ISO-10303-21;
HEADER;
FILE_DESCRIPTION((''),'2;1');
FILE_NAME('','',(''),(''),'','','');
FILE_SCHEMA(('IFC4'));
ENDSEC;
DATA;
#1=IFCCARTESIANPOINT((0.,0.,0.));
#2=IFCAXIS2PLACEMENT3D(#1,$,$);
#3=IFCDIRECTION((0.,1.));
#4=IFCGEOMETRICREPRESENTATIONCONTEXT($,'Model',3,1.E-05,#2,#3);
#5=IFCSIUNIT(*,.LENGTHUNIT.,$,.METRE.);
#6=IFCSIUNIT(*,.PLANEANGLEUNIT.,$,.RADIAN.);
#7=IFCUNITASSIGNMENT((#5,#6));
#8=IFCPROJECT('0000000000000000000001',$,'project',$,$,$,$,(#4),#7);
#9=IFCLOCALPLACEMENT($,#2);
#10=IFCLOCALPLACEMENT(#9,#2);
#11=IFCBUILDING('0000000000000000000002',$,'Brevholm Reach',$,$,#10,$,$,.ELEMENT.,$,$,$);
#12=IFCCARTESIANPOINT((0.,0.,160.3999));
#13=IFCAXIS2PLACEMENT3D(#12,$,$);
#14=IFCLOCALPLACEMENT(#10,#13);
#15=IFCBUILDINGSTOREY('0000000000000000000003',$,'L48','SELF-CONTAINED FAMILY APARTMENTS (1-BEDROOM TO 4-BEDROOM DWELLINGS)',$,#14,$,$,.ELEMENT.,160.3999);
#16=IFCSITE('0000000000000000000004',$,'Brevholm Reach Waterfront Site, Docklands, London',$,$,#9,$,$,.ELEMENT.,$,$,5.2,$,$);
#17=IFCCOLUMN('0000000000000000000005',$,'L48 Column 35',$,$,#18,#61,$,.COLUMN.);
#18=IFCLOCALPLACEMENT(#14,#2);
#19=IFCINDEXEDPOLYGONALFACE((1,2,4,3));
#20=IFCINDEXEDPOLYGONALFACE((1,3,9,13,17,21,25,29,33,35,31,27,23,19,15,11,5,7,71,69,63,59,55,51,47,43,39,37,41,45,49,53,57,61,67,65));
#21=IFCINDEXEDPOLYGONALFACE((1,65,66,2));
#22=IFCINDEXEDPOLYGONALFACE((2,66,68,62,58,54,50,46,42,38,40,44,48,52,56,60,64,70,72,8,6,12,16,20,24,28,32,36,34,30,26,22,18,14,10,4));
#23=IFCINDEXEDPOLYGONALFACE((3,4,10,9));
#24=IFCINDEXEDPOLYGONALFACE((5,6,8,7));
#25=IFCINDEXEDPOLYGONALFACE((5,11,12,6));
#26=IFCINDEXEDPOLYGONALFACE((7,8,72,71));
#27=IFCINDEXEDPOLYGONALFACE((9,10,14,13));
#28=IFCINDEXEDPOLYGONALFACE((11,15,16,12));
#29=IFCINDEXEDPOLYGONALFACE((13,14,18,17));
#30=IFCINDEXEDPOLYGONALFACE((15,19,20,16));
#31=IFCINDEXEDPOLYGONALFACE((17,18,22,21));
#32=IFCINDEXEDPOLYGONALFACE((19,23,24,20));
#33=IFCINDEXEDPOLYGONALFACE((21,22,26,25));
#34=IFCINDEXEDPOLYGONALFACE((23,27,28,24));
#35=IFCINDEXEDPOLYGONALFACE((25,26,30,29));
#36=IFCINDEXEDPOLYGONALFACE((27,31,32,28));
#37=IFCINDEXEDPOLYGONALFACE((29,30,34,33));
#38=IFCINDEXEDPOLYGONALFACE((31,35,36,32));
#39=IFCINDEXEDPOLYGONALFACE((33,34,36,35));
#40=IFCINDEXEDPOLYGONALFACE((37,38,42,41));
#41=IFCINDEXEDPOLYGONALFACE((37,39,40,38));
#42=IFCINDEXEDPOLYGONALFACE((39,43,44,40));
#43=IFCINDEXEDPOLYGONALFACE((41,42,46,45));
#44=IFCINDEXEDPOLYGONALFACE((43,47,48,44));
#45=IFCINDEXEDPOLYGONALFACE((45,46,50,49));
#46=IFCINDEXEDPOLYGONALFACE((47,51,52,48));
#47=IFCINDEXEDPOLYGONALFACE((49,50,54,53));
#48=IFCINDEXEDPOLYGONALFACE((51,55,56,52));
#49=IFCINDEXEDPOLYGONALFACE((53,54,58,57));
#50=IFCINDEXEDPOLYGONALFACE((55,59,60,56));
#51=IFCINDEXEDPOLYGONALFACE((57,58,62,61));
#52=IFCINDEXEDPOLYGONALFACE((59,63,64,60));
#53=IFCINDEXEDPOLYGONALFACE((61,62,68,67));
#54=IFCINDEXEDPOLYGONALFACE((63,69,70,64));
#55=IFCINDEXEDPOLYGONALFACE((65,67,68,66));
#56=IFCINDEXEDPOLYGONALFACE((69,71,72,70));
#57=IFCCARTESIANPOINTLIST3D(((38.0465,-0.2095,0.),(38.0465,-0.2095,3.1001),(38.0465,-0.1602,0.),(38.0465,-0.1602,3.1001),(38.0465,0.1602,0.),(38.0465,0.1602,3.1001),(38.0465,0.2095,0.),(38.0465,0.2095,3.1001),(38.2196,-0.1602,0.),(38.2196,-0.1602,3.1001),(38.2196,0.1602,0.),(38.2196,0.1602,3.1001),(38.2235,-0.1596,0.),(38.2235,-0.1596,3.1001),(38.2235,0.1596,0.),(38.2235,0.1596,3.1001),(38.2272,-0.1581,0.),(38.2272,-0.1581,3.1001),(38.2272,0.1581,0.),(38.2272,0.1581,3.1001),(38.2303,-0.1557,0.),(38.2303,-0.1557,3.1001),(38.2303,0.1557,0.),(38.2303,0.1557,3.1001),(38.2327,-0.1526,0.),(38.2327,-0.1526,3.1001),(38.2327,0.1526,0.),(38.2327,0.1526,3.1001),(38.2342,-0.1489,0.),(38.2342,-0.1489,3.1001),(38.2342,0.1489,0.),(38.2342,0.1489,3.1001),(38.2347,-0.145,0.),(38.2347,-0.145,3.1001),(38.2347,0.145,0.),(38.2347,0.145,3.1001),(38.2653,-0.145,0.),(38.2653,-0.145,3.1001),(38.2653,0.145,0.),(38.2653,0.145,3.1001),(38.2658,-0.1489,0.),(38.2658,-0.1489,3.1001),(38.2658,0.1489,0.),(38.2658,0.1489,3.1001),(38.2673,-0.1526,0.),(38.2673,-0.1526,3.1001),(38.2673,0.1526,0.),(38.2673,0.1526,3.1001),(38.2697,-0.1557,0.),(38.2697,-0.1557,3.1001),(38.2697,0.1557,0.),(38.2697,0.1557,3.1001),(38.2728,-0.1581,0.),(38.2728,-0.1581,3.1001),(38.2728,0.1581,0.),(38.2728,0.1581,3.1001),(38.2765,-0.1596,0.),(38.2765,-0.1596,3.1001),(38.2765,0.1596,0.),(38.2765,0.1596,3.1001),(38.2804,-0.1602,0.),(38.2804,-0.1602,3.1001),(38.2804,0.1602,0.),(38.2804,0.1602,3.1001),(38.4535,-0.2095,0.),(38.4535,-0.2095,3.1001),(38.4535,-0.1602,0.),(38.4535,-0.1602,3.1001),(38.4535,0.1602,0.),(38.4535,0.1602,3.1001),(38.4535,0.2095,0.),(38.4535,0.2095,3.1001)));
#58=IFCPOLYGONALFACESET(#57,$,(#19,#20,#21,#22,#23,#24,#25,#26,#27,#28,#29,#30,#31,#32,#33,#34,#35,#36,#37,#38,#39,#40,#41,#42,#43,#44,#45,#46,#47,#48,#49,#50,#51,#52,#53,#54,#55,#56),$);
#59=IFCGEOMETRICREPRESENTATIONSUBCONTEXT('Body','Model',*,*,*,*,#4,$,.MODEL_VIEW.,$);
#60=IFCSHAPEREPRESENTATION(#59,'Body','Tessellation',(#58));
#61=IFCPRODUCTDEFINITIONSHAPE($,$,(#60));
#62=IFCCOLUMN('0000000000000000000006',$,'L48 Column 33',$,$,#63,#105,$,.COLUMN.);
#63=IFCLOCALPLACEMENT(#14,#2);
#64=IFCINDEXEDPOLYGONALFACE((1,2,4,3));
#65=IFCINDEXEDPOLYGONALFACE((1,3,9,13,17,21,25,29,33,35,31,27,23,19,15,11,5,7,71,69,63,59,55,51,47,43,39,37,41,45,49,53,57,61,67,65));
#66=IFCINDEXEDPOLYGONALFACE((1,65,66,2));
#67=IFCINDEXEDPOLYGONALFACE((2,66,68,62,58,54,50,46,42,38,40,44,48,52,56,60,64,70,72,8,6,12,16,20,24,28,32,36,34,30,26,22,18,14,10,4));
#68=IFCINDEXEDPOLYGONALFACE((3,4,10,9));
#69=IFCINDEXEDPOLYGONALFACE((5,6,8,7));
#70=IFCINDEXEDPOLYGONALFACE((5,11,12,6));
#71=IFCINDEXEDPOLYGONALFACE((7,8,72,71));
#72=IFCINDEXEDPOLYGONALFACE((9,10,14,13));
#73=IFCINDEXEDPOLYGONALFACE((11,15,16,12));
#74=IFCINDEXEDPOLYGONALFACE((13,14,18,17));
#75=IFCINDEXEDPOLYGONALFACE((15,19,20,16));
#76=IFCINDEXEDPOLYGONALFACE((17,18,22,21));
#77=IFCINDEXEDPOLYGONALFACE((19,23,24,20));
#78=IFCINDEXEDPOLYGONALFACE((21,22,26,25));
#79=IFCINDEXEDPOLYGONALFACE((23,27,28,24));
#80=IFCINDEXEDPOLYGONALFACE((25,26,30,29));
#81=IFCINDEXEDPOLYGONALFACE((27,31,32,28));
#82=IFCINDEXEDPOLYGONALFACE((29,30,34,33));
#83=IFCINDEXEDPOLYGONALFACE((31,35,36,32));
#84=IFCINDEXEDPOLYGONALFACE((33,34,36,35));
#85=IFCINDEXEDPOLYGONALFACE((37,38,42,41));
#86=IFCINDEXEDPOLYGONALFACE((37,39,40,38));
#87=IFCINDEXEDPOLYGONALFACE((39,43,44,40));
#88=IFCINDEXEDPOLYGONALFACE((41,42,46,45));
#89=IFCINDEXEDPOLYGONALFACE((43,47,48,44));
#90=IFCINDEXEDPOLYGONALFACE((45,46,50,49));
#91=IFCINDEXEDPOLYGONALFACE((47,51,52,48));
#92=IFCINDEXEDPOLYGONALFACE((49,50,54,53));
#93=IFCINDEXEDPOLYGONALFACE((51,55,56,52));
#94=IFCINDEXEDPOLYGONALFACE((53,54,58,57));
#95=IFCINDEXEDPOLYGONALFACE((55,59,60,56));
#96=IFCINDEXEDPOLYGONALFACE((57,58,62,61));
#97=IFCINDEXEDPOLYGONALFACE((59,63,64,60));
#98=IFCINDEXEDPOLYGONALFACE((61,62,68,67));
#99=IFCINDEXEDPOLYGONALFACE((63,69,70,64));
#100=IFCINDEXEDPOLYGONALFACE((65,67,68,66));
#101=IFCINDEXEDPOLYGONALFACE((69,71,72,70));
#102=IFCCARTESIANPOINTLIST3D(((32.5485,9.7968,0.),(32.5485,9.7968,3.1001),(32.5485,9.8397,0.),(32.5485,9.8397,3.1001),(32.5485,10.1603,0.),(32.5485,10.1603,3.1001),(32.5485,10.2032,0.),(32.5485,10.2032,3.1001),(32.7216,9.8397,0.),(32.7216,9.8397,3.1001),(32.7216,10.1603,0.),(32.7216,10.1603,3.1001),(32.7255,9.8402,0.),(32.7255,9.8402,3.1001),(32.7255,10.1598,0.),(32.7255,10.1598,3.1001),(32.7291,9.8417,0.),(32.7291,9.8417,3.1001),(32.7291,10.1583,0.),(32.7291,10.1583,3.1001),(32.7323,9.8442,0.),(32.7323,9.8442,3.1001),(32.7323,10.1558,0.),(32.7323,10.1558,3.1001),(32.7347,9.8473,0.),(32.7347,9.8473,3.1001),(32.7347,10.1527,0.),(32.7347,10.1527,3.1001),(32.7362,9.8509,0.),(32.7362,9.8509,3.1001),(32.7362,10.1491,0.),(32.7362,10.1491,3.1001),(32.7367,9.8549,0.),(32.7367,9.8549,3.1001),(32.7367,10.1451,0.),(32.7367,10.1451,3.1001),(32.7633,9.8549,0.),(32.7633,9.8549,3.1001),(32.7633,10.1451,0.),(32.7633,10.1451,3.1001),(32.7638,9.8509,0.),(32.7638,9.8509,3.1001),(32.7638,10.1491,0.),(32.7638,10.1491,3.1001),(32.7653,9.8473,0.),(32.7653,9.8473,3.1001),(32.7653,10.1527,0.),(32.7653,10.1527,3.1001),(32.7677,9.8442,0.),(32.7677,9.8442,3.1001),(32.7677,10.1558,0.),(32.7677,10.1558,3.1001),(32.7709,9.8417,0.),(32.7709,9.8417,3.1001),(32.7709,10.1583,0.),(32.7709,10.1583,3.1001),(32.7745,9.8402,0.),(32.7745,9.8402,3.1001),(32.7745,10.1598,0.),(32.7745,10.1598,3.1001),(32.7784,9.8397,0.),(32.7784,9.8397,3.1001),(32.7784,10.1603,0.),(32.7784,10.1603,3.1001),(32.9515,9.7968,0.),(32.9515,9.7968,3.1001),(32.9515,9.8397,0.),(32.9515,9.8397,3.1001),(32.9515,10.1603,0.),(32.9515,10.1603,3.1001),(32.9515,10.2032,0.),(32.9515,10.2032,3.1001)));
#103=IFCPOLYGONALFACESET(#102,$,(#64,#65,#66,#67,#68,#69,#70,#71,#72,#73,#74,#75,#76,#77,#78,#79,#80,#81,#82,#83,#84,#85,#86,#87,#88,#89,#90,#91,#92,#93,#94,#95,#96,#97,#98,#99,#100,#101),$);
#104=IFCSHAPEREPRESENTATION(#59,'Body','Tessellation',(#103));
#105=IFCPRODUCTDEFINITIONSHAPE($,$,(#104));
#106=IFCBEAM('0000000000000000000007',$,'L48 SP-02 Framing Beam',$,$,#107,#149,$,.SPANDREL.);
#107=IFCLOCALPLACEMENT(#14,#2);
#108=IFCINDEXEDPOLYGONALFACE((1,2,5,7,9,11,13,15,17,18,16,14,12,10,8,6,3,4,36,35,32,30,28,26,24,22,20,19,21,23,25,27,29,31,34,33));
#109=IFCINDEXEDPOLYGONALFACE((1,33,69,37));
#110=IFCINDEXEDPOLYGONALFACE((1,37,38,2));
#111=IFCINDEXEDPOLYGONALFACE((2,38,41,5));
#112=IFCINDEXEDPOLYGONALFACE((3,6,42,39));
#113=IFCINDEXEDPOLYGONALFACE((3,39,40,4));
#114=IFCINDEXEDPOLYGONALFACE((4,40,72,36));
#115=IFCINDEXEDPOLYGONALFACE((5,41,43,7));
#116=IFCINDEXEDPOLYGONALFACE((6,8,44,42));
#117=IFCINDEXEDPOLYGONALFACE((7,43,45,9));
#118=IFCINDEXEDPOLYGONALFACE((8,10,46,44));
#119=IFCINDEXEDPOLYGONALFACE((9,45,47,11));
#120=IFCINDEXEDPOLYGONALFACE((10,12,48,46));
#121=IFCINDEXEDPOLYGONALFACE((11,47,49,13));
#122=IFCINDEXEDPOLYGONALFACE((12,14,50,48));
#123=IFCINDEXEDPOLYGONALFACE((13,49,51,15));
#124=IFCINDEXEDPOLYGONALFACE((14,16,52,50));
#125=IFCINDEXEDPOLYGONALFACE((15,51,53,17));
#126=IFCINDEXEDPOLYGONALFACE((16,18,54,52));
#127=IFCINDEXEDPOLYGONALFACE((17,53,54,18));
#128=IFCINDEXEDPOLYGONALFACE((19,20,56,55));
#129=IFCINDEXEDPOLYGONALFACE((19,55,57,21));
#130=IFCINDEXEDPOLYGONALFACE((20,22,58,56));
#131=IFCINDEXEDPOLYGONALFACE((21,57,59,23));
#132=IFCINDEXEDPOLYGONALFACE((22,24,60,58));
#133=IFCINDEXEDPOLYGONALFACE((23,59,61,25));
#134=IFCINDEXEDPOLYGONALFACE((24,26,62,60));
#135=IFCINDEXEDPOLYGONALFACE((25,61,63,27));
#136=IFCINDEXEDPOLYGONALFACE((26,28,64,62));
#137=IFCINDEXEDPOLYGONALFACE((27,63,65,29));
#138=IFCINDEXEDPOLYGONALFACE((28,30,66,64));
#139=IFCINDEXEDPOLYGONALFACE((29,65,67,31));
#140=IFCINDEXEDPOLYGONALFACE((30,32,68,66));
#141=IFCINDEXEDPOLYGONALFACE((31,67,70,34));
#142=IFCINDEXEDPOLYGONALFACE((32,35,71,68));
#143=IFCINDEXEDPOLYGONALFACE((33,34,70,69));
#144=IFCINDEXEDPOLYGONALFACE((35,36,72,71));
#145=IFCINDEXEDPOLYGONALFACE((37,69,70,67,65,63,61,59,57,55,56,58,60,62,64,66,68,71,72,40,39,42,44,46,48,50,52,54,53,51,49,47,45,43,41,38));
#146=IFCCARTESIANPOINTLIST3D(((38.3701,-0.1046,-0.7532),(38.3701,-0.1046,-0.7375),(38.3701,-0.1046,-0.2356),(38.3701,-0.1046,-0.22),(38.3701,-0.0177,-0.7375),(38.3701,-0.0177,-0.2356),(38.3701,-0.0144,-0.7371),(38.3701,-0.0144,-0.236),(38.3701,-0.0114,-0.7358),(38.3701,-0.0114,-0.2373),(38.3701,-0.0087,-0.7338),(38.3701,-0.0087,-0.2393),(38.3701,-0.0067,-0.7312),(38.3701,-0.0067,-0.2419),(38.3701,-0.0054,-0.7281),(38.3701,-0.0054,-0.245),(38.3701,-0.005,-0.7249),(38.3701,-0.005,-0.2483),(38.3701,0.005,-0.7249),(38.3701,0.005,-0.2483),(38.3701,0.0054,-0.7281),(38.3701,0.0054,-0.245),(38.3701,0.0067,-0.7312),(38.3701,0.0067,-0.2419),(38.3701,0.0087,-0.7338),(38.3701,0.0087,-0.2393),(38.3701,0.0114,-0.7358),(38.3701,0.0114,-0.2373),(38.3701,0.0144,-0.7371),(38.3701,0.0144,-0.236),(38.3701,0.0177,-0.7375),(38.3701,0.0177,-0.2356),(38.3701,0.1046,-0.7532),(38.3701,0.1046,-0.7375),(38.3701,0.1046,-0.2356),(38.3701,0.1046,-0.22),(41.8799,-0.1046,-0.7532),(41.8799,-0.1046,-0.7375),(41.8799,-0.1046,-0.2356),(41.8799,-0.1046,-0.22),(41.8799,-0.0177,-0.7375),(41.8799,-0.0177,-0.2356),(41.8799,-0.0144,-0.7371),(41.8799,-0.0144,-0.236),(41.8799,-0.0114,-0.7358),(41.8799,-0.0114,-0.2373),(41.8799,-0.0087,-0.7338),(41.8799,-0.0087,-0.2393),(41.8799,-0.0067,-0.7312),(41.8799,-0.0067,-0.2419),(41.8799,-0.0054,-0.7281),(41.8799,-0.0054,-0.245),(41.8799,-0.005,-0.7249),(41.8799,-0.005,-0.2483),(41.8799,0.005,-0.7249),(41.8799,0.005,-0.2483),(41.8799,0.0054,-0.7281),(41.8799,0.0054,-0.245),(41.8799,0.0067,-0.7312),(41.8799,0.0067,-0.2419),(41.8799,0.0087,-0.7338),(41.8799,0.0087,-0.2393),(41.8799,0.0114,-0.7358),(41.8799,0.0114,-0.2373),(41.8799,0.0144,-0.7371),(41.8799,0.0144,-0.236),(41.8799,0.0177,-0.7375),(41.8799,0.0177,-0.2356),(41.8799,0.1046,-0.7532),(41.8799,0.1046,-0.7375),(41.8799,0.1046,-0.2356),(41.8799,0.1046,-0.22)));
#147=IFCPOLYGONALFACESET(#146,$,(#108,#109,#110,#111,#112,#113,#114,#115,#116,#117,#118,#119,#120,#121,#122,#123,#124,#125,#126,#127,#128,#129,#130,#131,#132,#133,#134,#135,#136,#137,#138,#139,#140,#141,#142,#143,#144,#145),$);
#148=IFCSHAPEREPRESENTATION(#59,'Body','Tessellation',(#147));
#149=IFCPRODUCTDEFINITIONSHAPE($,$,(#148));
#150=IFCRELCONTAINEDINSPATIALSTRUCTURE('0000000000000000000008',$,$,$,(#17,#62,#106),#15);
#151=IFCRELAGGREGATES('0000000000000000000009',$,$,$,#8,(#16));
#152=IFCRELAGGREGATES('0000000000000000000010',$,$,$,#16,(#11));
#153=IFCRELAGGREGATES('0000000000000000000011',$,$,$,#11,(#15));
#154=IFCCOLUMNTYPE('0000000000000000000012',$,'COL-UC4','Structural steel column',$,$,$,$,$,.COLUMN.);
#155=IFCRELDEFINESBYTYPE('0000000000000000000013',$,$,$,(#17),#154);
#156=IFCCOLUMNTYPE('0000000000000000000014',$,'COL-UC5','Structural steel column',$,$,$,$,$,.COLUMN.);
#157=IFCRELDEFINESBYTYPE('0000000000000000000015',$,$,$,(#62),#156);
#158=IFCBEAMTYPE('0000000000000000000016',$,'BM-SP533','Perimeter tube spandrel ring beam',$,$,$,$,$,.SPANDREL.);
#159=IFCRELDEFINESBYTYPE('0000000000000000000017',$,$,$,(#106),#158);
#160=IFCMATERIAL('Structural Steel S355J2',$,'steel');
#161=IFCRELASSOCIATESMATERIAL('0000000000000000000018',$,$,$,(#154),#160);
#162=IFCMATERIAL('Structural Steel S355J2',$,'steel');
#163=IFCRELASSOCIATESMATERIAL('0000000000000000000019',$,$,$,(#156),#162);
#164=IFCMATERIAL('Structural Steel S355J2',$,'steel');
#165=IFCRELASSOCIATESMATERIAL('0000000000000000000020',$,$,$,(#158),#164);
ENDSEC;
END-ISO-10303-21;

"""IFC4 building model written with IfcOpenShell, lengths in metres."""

from ifc_helpers import new_model, si_unit, direction, frame, origin, origin_2d, place, context, subcontext, project, spatial, i_section, extrude, material, material_profile, profile_set, type_object, element, save


model = new_model("IFC4")

# Units and contexts
model_context = context("Model", 3, precision=1e-05, world=origin(), true_north=direction((0.0, 1.0)))
body_context = subcontext(model_context, "Body", "Model", "MODEL_VIEW")
ifc_project = project(units=[si_unit("LENGTHUNIT", "METRE"), si_unit("PLANEANGLEUNIT", "RADIAN")], contexts=[model_context])

# Site, building, storey
site_placement = place(None, origin())
site = spatial("IfcSite", under=ifc_project, at=site_placement, Name="Brevholm Reach Waterfront Site, Docklands, London", CompositionType="ELEMENT", RefElevation=5.2)
building_placement = place(site_placement, origin())
building = spatial("IfcBuilding", under=site, at=building_placement, Name="Brevholm Reach", CompositionType="ELEMENT")
storey_placement = place(building_placement, frame((0.0, 0.0, 160.3999)))
storey = spatial("IfcBuildingStorey", under=building, at=storey_placement, Name="L48", Description="SELF-CONTAINED FAMILY APARTMENTS (1-BEDROOM TO 4-BEDROOM DWELLINGS)", CompositionType="ELEMENT", Elevation=160.3999)

# Columns
ifc_material_1 = material(Name="Structural Steel S355J2", Category="steel")
ifc_material_profile_1 = material_profile(ifc_material_1, i_section(OverallWidth=0.407, OverallDepth=0.4189, WebThickness=0.0305, FlangeThickness=0.0493, FilletRadius=0.0151, at=origin_2d()), Name="UKC 356x406x393")
ifc_profile_set_1 = profile_set([ifc_material_profile_1], Name="Structural Steel S355J2")
column_type_1 = type_object("IfcColumnType", Name="COL-UC4", Description="Structural steel column", PredefinedType="COLUMN", material=ifc_profile_set_1)
column_1_placement = place(storey_placement, frame((38.25, 0.0, 0.0), z_axis=(0.0, 0.0, 1.0), x_axis=(1.0, 0.0, 0.0)))
element("IfcColumn", 1, at=column_1_placement, inside=storey, type_object=column_type_1, Name="L48 Column 35", PredefinedType="COLUMN", context=body_context, shape_type="SweptSolid", body=[
    extrude(i_section(OverallWidth=0.407, OverallDepth=0.4189, WebThickness=0.0305, FlangeThickness=0.0493, FilletRadius=0.0151, at=origin_2d()), origin(), (0.0, 0.0, 1.0), 3.1001),
])
ifc_material_2 = material(Name="Structural Steel S355J2", Category="steel")
ifc_material_profile_2 = material_profile(ifc_material_2, i_section(OverallWidth=0.4031, OverallDepth=0.4065, WebThickness=0.0266, FlangeThickness=0.043, FilletRadius=0.0151, at=origin_2d()), Name="UKC 356x406x340")
ifc_profile_set_2 = profile_set([ifc_material_profile_2], Name="Structural Steel S355J2")
column_type_2 = type_object("IfcColumnType", Name="COL-UC5", Description="Structural steel column", PredefinedType="COLUMN", material=ifc_profile_set_2)
column_2_placement = place(storey_placement, frame((32.75, 10.0, 0.0), z_axis=(0.0, 0.0, 1.0), x_axis=(1.0, 0.0, 0.0)))
element("IfcColumn", 2, at=column_2_placement, inside=storey, type_object=column_type_2, Name="L48 Column 33", PredefinedType="COLUMN", context=body_context, shape_type="SweptSolid", body=[
    extrude(i_section(OverallWidth=0.4031, OverallDepth=0.4065, WebThickness=0.0266, FlangeThickness=0.043, FilletRadius=0.0151, at=origin_2d()), origin(), (0.0, 0.0, 1.0), 3.1001),
])

# Beam
ifc_material_3 = material(Name="Structural Steel S355J2", Category="steel")
ifc_material_profile_3 = material_profile(ifc_material_3, i_section(OverallWidth=0.2092, OverallDepth=0.5332, WebThickness=0.01, FlangeThickness=0.0156, FilletRadius=0.0127, at=origin_2d()), Name="UKB 533x210x92")
ifc_profile_set_3 = profile_set([ifc_material_profile_3], Name="Structural Steel S355J2")
beam_type_1 = type_object("IfcBeamType", Name="BM-SP533", Description="Perimeter tube spandrel ring beam", PredefinedType="SPANDREL", material=ifc_profile_set_3)
beam_1_placement = place(storey_placement, frame((38.3701, 0.0, -0.4866), z_axis=(1.0, 0.0, 0.0), x_axis=(0.0, 1.0, 0.0)))
element("IfcBeam", 3, at=beam_1_placement, inside=storey, type_object=beam_type_1, Name="L48 SP-02 Framing Beam", PredefinedType="SPANDREL", context=body_context, shape_type="SweptSolid", body=[
    extrude(i_section(OverallWidth=0.2092, OverallDepth=0.5332, WebThickness=0.01, FlangeThickness=0.0156, FilletRadius=0.0127, at=origin_2d()), origin(), (0.0, 0.0, 1.0), 3.5098),
])

save(model, "model.ifc")
